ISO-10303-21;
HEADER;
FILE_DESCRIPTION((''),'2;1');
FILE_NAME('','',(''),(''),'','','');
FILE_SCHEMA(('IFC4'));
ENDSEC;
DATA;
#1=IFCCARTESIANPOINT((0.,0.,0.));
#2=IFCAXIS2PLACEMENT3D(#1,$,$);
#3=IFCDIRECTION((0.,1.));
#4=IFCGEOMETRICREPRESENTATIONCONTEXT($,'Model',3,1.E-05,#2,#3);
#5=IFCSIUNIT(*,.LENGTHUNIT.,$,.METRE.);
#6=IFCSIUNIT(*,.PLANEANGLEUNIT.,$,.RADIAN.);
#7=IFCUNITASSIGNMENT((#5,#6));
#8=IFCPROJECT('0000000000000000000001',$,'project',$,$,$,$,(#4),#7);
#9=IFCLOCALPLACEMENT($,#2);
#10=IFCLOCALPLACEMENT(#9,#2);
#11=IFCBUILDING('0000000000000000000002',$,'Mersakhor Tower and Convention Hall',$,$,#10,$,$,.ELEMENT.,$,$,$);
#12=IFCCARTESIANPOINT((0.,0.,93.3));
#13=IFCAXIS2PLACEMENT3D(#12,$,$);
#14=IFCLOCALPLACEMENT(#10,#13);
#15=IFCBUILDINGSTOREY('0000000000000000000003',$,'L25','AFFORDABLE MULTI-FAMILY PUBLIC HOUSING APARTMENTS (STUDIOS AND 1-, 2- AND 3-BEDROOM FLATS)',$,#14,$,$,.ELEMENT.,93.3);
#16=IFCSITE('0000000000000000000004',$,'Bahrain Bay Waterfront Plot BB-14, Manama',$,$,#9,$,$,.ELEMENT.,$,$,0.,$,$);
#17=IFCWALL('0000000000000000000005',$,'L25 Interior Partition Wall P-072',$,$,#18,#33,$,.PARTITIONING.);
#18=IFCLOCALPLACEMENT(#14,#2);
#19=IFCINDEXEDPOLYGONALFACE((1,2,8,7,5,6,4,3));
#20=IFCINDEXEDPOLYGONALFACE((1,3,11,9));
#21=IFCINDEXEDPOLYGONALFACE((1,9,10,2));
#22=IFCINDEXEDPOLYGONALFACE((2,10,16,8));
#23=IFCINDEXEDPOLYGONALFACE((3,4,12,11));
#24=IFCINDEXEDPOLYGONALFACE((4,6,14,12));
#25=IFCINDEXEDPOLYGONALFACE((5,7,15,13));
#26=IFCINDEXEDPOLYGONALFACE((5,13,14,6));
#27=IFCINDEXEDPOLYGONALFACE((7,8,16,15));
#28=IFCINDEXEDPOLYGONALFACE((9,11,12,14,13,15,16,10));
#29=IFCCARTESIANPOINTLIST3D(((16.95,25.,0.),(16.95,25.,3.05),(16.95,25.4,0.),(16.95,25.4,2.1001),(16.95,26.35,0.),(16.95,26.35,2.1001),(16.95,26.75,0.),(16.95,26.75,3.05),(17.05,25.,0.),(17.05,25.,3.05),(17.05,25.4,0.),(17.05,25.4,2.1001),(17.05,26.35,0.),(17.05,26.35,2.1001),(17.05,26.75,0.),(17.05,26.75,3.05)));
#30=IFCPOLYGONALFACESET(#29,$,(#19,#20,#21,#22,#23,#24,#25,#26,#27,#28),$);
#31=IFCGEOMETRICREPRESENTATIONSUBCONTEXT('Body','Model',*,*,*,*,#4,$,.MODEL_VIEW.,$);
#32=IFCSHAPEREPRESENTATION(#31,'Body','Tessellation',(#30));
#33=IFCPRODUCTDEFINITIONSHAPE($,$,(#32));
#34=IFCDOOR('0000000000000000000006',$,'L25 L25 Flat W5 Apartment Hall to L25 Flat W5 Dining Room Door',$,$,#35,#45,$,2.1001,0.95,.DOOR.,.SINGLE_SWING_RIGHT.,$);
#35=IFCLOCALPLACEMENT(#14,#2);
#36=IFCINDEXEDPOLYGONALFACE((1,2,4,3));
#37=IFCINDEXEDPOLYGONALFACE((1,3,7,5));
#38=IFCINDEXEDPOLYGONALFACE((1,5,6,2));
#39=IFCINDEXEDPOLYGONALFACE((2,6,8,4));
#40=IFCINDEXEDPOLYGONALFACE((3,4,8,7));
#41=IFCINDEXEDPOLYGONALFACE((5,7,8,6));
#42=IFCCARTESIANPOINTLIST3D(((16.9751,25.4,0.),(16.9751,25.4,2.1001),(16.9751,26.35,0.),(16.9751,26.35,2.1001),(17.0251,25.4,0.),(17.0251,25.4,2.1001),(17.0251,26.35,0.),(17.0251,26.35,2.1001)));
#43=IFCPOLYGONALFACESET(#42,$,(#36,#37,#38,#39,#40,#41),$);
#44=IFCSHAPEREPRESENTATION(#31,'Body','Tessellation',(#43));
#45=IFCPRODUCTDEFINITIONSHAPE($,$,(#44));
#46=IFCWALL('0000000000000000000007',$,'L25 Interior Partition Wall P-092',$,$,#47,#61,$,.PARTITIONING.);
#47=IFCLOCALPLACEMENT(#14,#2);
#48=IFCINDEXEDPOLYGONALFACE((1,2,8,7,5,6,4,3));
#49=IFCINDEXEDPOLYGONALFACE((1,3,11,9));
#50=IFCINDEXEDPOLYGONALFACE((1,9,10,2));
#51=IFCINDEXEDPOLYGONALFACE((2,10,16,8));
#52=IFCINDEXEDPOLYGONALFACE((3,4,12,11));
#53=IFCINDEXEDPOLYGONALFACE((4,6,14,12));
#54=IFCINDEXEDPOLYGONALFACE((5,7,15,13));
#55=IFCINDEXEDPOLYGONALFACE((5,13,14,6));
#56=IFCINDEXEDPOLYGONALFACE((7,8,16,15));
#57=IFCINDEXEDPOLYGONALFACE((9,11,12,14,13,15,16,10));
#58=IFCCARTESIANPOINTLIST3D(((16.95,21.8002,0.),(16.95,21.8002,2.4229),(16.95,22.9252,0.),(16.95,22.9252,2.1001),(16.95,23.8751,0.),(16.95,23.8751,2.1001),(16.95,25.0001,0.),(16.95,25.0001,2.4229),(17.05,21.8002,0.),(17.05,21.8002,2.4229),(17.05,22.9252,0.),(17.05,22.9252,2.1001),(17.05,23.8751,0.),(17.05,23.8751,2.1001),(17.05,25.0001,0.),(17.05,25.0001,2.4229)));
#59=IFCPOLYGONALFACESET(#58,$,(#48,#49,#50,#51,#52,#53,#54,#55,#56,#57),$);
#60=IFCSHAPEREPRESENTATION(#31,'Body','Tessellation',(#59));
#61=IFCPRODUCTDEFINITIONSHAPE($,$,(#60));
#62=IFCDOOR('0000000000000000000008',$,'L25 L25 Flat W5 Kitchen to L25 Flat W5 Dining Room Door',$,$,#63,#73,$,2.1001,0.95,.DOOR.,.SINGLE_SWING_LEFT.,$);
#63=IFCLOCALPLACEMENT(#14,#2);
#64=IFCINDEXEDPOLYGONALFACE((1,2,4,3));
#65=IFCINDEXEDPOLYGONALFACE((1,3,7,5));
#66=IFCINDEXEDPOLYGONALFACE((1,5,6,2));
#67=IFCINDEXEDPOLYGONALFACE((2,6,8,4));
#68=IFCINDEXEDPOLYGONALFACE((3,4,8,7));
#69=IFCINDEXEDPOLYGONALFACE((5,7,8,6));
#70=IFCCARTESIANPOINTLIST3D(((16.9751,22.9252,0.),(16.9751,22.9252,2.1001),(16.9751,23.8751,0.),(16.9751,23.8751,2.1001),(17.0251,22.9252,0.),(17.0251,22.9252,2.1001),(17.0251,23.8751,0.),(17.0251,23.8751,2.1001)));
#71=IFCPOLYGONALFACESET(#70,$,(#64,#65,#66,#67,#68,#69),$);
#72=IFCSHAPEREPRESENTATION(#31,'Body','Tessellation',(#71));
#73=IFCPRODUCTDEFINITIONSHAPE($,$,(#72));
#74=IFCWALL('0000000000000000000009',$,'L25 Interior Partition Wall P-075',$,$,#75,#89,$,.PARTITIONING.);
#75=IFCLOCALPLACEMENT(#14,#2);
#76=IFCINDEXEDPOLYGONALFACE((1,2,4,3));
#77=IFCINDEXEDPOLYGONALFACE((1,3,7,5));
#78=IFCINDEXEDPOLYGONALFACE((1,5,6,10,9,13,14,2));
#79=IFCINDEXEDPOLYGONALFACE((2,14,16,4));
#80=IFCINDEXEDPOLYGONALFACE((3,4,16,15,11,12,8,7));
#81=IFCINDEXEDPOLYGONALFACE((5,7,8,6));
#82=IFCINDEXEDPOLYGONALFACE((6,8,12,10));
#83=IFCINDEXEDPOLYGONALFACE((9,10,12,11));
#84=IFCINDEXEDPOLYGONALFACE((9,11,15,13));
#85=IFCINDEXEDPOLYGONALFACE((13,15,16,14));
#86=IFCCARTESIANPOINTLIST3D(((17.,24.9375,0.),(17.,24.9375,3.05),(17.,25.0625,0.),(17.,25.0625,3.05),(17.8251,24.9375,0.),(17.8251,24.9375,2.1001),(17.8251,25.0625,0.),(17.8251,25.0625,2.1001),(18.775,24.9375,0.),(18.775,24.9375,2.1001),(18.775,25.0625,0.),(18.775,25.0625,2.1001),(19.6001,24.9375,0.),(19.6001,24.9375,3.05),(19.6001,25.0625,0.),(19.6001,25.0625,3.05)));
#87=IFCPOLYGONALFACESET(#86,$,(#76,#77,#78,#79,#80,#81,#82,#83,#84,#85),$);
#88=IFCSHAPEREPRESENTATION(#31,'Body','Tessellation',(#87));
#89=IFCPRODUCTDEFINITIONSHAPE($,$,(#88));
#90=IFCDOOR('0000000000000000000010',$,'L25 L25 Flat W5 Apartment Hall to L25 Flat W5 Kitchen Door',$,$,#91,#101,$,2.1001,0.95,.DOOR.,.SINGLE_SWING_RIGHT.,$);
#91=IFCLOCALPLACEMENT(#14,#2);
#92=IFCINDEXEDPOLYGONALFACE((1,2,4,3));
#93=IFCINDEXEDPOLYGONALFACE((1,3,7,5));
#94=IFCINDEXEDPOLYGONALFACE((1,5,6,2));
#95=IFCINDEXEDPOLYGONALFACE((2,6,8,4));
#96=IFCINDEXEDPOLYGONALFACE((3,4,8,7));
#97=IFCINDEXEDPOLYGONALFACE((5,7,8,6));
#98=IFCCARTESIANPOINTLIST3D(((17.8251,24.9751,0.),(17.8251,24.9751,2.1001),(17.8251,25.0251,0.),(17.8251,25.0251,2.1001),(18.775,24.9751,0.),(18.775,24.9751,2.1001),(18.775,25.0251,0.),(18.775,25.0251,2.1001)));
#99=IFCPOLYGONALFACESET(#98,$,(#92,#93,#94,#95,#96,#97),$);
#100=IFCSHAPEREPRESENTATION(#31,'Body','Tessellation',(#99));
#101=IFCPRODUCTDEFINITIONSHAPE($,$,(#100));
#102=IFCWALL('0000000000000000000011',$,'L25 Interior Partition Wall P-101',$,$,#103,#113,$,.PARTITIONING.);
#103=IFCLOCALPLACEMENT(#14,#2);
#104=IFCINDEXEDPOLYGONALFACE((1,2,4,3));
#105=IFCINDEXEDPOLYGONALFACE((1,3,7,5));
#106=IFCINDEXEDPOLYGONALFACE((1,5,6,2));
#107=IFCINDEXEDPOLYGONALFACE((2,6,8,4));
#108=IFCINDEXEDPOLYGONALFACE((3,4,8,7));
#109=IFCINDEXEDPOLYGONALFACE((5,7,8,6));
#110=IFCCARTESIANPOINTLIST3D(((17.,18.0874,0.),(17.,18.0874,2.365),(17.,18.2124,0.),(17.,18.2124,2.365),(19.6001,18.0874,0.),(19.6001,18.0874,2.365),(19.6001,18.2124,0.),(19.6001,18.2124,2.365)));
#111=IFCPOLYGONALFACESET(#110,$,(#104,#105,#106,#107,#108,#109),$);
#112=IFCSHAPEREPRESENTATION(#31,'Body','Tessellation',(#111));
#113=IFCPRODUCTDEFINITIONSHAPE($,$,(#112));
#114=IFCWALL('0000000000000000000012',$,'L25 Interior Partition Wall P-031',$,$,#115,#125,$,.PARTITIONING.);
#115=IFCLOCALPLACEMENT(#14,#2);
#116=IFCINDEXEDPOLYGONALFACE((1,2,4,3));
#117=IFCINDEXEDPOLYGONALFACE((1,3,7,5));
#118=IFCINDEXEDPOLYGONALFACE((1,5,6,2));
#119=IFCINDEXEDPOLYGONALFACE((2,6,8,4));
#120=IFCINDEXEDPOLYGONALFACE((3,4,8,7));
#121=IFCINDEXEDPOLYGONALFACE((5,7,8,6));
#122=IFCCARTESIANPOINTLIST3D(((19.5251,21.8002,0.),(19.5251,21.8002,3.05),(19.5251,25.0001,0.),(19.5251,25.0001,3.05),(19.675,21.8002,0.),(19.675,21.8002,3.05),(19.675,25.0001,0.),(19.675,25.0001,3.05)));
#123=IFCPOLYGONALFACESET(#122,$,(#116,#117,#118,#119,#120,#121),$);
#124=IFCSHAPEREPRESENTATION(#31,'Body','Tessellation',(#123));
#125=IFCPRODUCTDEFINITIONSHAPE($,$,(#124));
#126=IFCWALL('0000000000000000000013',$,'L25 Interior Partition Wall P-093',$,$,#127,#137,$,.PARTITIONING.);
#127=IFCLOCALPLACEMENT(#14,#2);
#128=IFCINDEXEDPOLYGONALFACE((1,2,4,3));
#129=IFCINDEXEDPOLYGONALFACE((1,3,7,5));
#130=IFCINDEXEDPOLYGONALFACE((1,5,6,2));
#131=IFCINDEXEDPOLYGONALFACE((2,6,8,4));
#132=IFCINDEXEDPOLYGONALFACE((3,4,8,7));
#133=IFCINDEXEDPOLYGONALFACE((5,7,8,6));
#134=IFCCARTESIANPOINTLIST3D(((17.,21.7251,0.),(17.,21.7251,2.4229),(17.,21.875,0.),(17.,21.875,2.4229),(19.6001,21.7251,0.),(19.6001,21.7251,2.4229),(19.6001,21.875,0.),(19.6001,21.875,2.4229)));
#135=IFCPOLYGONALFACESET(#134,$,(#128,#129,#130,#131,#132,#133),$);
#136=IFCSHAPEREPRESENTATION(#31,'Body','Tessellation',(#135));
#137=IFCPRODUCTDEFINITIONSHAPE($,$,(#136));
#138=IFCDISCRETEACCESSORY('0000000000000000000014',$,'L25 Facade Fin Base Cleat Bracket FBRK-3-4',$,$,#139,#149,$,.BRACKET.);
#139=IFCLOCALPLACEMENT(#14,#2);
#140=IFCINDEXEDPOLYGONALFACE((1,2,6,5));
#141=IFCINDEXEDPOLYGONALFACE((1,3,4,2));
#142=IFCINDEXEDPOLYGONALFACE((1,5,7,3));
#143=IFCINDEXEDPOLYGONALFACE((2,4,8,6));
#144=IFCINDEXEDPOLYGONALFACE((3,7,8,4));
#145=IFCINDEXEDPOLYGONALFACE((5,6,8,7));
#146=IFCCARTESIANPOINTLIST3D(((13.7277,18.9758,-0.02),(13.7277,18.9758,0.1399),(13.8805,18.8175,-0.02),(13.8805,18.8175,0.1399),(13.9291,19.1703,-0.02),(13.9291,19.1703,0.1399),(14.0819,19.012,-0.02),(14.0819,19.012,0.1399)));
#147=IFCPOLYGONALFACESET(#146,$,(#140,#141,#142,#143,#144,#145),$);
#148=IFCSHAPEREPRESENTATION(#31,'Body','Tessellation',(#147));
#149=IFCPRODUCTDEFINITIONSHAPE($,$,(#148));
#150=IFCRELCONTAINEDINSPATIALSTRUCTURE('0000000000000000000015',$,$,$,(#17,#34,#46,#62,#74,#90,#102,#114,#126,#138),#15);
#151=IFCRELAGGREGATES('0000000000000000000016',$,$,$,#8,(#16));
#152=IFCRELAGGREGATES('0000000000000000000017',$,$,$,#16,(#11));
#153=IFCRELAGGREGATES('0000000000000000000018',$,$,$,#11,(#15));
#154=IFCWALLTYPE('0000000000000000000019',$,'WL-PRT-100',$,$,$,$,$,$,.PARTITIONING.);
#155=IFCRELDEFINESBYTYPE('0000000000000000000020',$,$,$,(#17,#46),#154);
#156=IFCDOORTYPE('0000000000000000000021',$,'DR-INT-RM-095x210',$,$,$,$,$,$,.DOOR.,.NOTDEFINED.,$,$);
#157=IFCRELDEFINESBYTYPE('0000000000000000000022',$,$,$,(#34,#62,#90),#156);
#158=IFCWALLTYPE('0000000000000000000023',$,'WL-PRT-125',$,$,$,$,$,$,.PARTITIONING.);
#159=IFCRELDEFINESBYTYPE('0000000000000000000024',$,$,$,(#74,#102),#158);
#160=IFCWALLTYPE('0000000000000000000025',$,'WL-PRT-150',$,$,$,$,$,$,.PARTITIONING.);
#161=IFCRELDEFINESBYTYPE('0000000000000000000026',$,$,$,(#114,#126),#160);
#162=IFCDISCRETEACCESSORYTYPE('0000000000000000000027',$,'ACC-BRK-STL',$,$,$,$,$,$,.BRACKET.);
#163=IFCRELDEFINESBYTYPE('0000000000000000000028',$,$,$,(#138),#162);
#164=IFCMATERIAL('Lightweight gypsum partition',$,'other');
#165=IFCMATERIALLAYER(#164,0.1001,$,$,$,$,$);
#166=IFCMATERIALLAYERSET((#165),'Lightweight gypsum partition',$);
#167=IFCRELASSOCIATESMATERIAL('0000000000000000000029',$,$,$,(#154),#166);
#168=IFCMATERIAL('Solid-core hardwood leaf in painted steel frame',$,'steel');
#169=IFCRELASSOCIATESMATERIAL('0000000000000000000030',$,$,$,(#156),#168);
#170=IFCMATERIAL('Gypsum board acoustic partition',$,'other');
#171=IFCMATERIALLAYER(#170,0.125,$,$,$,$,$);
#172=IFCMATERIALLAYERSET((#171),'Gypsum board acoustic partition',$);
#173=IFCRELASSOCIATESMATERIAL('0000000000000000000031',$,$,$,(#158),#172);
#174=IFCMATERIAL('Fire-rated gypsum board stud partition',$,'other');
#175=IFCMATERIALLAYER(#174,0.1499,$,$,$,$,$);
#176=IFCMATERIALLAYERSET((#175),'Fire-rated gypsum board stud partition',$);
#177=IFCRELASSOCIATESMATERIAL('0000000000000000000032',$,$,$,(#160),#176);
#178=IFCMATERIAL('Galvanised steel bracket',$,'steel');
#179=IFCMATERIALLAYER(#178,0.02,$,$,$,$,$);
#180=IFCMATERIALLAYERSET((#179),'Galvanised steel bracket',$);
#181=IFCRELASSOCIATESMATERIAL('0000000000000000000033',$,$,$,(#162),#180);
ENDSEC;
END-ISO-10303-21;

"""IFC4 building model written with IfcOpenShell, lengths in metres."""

from ifc_helpers import new_model, si_unit, direction, frame, frame_2d, origin, origin_2d, place, context, subcontext, project, spatial, rectangle, extrude, material, layer, layer_set, type_object, element, fill, save


model = new_model("IFC4")

# Units and contexts
model_context = context("Model", 3, precision=1e-05, world=origin(), true_north=direction((0.0, 1.0)))
body_context = subcontext(model_context, "Body", "Model", "MODEL_VIEW")
ifc_project = project(units=[si_unit("LENGTHUNIT", "METRE"), si_unit("PLANEANGLEUNIT", "RADIAN")], contexts=[model_context])

# Site, building, storey
site_placement = place(None, origin())
site = spatial("IfcSite", under=ifc_project, at=site_placement, Name="Bahrain Bay Waterfront Plot BB-14, Manama", CompositionType="ELEMENT", RefElevation=0.0)
building_placement = place(site_placement, origin())
building = spatial("IfcBuilding", under=site, at=building_placement, Name="Mersakhor Tower and Convention Hall", CompositionType="ELEMENT")
storey_placement = place(building_placement, frame((0.0, 0.0, 93.3)))
storey = spatial("IfcBuildingStorey", under=building, at=storey_placement, Name="L25", Description="AFFORDABLE MULTI-FAMILY PUBLIC HOUSING APARTMENTS (STUDIOS AND 1-, 2- AND 3-BEDROOM FLATS)", CompositionType="ELEMENT", Elevation=93.3)

# Walls, openings, doors
ifc_material_1 = material(Name="Lightweight gypsum partition", Category="other")
ifc_layer_1 = layer(ifc_material_1, 0.1001)
ifc_layer_set_1 = layer_set([ifc_layer_1], Name="Lightweight gypsum partition")
wall_type_1 = type_object("IfcWallType", Name="WL-PRT-100", PredefinedType="PARTITIONING", material=ifc_layer_set_1)
wall_1_placement = place(storey_placement, frame((17.0, 25.0, 0.0), z_axis=(0.0, 0.0, 1.0), x_axis=(0.0, 1.0, 0.0)))
wall_1 = element("IfcWall", 1, at=wall_1_placement, inside=storey, type_object=wall_type_1, Name="L25 Interior Partition Wall P-072", PredefinedType="PARTITIONING", context=body_context, shape_type="SweptSolid", body=[
    extrude(rectangle(XDim=1.75, YDim=0.1001, at=frame_2d((0.875, 0.0))), origin(), (0.0, 0.0, 1.0), 3.05),
])
opening_1_placement = place(wall_1_placement, frame((0.3999, 0.0, 0.0)))
opening_1 = element("IfcOpeningElement", 2, at=opening_1_placement, cuts=wall_1, PredefinedType="OPENING", context=body_context, shape_type="SweptSolid", body=[
    extrude(rectangle(XDim=0.95, YDim=2.1001, at=frame_2d((0.4751, 1.05))), frame((0.0, 0.0601, 0.0), z_axis=(0.0, -1.0, 0.0), x_axis=(1.0, 0.0, 0.0)), (0.0, 0.0, 1.0), 0.1201),
])
ifc_material_2 = material(Name="Solid-core hardwood leaf in painted steel frame", Category="steel")
door_type_1 = type_object("IfcDoorType", Name="DR-INT-RM-095x210", OperationType="NOTDEFINED", PredefinedType="DOOR", material=ifc_material_2)
door_1_placement = place(opening_1_placement, origin())
door_1 = element("IfcDoor", 3, at=door_1_placement, inside=storey, type_object=door_type_1, Name="L25 L25 Flat W5 Apartment Hall to L25 Flat W5 Dining Room Door", OperationType="SINGLE_SWING_RIGHT", OverallHeight=2.1001, OverallWidth=0.95, PredefinedType="DOOR", context=body_context, shape_type="SweptSolid", body=[
    extrude(rectangle(XDim=0.95, YDim=2.1001, at=frame_2d((0.4751, 1.05))), frame((0.0, 0.0249, 0.0), z_axis=(0.0, -1.0, 0.0), x_axis=(1.0, 0.0, 0.0)), (0.0, 0.0, 1.0), 0.05),
])
fill(opening_1, door_1)
wall_2_placement = place(storey_placement, frame((17.0, 21.8, 0.0), z_axis=(0.0, 0.0, 1.0), x_axis=(0.0, 1.0, 0.0)))
wall_2 = element("IfcWall", 4, at=wall_2_placement, inside=storey, type_object=wall_type_1, Name="L25 Interior Partition Wall P-092", PredefinedType="PARTITIONING", context=body_context, shape_type="SweptSolid", body=[
    extrude(rectangle(XDim=3.2, YDim=0.1001, at=frame_2d((1.6001, 0.0))), origin(), (0.0, 0.0, 1.0), 2.4229),
])
opening_2_placement = place(wall_2_placement, frame((1.125, 0.0, 0.0)))
opening_2 = element("IfcOpeningElement", 5, at=opening_2_placement, cuts=wall_2, PredefinedType="OPENING", context=body_context, shape_type="SweptSolid", body=[
    extrude(rectangle(XDim=0.95, YDim=2.1001, at=frame_2d((0.4751, 1.05))), frame((0.0, 0.0601, 0.0), z_axis=(0.0, -1.0, 0.0), x_axis=(1.0, 0.0, 0.0)), (0.0, 0.0, 1.0), 0.1201),
])
door_2_placement = place(opening_2_placement, origin())
door_2 = element("IfcDoor", 6, at=door_2_placement, inside=storey, type_object=door_type_1, Name="L25 L25 Flat W5 Kitchen to L25 Flat W5 Dining Room Door", OperationType="SINGLE_SWING_LEFT", OverallHeight=2.1001, OverallWidth=0.95, PredefinedType="DOOR", context=body_context, shape_type="SweptSolid", body=[
    extrude(rectangle(XDim=0.95, YDim=2.1001, at=frame_2d((0.4751, 1.05))), frame((0.0, 0.0249, 0.0), z_axis=(0.0, -1.0, 0.0), x_axis=(1.0, 0.0, 0.0)), (0.0, 0.0, 1.0), 0.05),
])
fill(opening_2, door_2)
ifc_material_3 = material(Name="Gypsum board acoustic partition", Category="other")
ifc_layer_2 = layer(ifc_material_3, 0.125)
ifc_layer_set_2 = layer_set([ifc_layer_2], Name="Gypsum board acoustic partition")
wall_type_2 = type_object("IfcWallType", Name="WL-PRT-125", PredefinedType="PARTITIONING", material=ifc_layer_set_2)
wall_3_placement = place(storey_placement, frame((19.6001, 25.0, 0.0), z_axis=(0.0, 0.0, 1.0), x_axis=(-1.0, 0.0, 0.0)))
wall_3 = element("IfcWall", 7, at=wall_3_placement, inside=storey, type_object=wall_type_2, Name="L25 Interior Partition Wall P-075", PredefinedType="PARTITIONING", context=body_context, shape_type="SweptSolid", body=[
    extrude(rectangle(XDim=2.6001, YDim=0.125, at=frame_2d((1.3, 0.0))), origin(), (0.0, 0.0, 1.0), 3.05),
])
opening_3_placement = place(wall_3_placement, frame((0.825, 0.0, 0.0)))
opening_3 = element("IfcOpeningElement", 8, at=opening_3_placement, cuts=wall_3, PredefinedType="OPENING", context=body_context, shape_type="SweptSolid", body=[
    extrude(rectangle(XDim=0.95, YDim=2.1001, at=frame_2d((0.4751, 1.05))), frame((0.0, 0.0725, 0.0), z_axis=(0.0, -1.0, 0.0), x_axis=(1.0, 0.0, 0.0)), (0.0, 0.0, 1.0), 0.145),
])
door_3_placement = place(opening_3_placement, origin())
door_3 = element("IfcDoor", 9, at=door_3_placement, inside=storey, type_object=door_type_1, Name="L25 L25 Flat W5 Apartment Hall to L25 Flat W5 Kitchen Door", OperationType="SINGLE_SWING_RIGHT", OverallHeight=2.1001, OverallWidth=0.95, PredefinedType="DOOR", context=body_context, shape_type="SweptSolid", body=[
    extrude(rectangle(XDim=0.95, YDim=2.1001, at=frame_2d((0.4751, 1.05))), frame((0.0, 0.0249, 0.0), z_axis=(0.0, -1.0, 0.0), x_axis=(1.0, 0.0, 0.0)), (0.0, 0.0, 1.0), 0.05),
])
fill(opening_3, door_3)

# Wall
wall_4_placement = place(storey_placement, frame((19.6001, 18.1499, 0.0), z_axis=(0.0, 0.0, 1.0), x_axis=(-1.0, 0.0, 0.0)))
element("IfcWall", 10, at=wall_4_placement, inside=storey, type_object=wall_type_2, Name="L25 Interior Partition Wall P-101", PredefinedType="PARTITIONING", context=body_context, shape_type="SweptSolid", body=[
    extrude(rectangle(XDim=2.6001, YDim=0.125, at=frame_2d((1.3, 0.0))), origin(), (0.0, 0.0, 1.0), 2.365),
])

# Shared definitions
ifc_material_4 = material(Name="Fire-rated gypsum board stud partition", Category="other")
ifc_layer_3 = layer(ifc_material_4, 0.1499)
ifc_layer_set_3 = layer_set([ifc_layer_3], Name="Fire-rated gypsum board stud partition")
wall_type_3 = type_object("IfcWallType", Name="WL-PRT-150", PredefinedType="PARTITIONING", material=ifc_layer_set_3)

# Wall
wall_5_placement = place(storey_placement, frame((19.6001, 21.8, 0.0), z_axis=(0.0, 0.0, 1.0), x_axis=(0.0, 1.0, 0.0)))
element("IfcWall", 11, at=wall_5_placement, inside=storey, type_object=wall_type_3, Name="L25 Interior Partition Wall P-031", PredefinedType="PARTITIONING", context=body_context, shape_type="SweptSolid", body=[
    extrude(rectangle(XDim=3.2, YDim=0.1499, at=frame_2d((1.6001, 0.0))), origin(), (0.0, 0.0, 1.0), 3.05),
])

# Wall
wall_6_placement = place(storey_placement, frame((19.6001, 21.8, 0.0), z_axis=(0.0, 0.0, 1.0), x_axis=(-1.0, 0.0, 0.0)))
element("IfcWall", 12, at=wall_6_placement, inside=storey, type_object=wall_type_3, Name="L25 Interior Partition Wall P-093", PredefinedType="PARTITIONING", context=body_context, shape_type="SweptSolid", body=[
    extrude(rectangle(XDim=2.6001, YDim=0.1499, at=frame_2d((1.3, 0.0))), origin(), (0.0, 0.0, 1.0), 2.4229),
])

# Discrete accessory
ifc_material_5 = material(Name="Galvanised steel bracket", Category="steel")
ifc_layer_4 = layer(ifc_material_5, 0.02)
ifc_layer_set_4 = layer_set([ifc_layer_4], Name="Galvanised steel bracket")
discrete_accessory_type = type_object("IfcDiscreteAccessoryType", Name="ACC-BRK-STL", PredefinedType="BRACKET", material=ifc_layer_set_4)
discrete_accessory_placement = place(storey_placement, frame((13.9048, 18.9939, -0.02), z_axis=(0.0, 0.0, 1.0), x_axis=(-0.71934, -0.694658, 0.0)))
element("IfcDiscreteAccessory", 13, at=discrete_accessory_placement, inside=storey, type_object=discrete_accessory_type, Name="L25 Facade Fin Base Cleat Bracket FBRK-3-4", PredefinedType="BRACKET", context=body_context, shape_type="SweptSolid", body=[
    extrude(rectangle(XDim=0.28, YDim=0.22, at=origin_2d()), origin(), (0.0, 0.0, 1.0), 0.1599),
])

save(model, "model.ifc")
